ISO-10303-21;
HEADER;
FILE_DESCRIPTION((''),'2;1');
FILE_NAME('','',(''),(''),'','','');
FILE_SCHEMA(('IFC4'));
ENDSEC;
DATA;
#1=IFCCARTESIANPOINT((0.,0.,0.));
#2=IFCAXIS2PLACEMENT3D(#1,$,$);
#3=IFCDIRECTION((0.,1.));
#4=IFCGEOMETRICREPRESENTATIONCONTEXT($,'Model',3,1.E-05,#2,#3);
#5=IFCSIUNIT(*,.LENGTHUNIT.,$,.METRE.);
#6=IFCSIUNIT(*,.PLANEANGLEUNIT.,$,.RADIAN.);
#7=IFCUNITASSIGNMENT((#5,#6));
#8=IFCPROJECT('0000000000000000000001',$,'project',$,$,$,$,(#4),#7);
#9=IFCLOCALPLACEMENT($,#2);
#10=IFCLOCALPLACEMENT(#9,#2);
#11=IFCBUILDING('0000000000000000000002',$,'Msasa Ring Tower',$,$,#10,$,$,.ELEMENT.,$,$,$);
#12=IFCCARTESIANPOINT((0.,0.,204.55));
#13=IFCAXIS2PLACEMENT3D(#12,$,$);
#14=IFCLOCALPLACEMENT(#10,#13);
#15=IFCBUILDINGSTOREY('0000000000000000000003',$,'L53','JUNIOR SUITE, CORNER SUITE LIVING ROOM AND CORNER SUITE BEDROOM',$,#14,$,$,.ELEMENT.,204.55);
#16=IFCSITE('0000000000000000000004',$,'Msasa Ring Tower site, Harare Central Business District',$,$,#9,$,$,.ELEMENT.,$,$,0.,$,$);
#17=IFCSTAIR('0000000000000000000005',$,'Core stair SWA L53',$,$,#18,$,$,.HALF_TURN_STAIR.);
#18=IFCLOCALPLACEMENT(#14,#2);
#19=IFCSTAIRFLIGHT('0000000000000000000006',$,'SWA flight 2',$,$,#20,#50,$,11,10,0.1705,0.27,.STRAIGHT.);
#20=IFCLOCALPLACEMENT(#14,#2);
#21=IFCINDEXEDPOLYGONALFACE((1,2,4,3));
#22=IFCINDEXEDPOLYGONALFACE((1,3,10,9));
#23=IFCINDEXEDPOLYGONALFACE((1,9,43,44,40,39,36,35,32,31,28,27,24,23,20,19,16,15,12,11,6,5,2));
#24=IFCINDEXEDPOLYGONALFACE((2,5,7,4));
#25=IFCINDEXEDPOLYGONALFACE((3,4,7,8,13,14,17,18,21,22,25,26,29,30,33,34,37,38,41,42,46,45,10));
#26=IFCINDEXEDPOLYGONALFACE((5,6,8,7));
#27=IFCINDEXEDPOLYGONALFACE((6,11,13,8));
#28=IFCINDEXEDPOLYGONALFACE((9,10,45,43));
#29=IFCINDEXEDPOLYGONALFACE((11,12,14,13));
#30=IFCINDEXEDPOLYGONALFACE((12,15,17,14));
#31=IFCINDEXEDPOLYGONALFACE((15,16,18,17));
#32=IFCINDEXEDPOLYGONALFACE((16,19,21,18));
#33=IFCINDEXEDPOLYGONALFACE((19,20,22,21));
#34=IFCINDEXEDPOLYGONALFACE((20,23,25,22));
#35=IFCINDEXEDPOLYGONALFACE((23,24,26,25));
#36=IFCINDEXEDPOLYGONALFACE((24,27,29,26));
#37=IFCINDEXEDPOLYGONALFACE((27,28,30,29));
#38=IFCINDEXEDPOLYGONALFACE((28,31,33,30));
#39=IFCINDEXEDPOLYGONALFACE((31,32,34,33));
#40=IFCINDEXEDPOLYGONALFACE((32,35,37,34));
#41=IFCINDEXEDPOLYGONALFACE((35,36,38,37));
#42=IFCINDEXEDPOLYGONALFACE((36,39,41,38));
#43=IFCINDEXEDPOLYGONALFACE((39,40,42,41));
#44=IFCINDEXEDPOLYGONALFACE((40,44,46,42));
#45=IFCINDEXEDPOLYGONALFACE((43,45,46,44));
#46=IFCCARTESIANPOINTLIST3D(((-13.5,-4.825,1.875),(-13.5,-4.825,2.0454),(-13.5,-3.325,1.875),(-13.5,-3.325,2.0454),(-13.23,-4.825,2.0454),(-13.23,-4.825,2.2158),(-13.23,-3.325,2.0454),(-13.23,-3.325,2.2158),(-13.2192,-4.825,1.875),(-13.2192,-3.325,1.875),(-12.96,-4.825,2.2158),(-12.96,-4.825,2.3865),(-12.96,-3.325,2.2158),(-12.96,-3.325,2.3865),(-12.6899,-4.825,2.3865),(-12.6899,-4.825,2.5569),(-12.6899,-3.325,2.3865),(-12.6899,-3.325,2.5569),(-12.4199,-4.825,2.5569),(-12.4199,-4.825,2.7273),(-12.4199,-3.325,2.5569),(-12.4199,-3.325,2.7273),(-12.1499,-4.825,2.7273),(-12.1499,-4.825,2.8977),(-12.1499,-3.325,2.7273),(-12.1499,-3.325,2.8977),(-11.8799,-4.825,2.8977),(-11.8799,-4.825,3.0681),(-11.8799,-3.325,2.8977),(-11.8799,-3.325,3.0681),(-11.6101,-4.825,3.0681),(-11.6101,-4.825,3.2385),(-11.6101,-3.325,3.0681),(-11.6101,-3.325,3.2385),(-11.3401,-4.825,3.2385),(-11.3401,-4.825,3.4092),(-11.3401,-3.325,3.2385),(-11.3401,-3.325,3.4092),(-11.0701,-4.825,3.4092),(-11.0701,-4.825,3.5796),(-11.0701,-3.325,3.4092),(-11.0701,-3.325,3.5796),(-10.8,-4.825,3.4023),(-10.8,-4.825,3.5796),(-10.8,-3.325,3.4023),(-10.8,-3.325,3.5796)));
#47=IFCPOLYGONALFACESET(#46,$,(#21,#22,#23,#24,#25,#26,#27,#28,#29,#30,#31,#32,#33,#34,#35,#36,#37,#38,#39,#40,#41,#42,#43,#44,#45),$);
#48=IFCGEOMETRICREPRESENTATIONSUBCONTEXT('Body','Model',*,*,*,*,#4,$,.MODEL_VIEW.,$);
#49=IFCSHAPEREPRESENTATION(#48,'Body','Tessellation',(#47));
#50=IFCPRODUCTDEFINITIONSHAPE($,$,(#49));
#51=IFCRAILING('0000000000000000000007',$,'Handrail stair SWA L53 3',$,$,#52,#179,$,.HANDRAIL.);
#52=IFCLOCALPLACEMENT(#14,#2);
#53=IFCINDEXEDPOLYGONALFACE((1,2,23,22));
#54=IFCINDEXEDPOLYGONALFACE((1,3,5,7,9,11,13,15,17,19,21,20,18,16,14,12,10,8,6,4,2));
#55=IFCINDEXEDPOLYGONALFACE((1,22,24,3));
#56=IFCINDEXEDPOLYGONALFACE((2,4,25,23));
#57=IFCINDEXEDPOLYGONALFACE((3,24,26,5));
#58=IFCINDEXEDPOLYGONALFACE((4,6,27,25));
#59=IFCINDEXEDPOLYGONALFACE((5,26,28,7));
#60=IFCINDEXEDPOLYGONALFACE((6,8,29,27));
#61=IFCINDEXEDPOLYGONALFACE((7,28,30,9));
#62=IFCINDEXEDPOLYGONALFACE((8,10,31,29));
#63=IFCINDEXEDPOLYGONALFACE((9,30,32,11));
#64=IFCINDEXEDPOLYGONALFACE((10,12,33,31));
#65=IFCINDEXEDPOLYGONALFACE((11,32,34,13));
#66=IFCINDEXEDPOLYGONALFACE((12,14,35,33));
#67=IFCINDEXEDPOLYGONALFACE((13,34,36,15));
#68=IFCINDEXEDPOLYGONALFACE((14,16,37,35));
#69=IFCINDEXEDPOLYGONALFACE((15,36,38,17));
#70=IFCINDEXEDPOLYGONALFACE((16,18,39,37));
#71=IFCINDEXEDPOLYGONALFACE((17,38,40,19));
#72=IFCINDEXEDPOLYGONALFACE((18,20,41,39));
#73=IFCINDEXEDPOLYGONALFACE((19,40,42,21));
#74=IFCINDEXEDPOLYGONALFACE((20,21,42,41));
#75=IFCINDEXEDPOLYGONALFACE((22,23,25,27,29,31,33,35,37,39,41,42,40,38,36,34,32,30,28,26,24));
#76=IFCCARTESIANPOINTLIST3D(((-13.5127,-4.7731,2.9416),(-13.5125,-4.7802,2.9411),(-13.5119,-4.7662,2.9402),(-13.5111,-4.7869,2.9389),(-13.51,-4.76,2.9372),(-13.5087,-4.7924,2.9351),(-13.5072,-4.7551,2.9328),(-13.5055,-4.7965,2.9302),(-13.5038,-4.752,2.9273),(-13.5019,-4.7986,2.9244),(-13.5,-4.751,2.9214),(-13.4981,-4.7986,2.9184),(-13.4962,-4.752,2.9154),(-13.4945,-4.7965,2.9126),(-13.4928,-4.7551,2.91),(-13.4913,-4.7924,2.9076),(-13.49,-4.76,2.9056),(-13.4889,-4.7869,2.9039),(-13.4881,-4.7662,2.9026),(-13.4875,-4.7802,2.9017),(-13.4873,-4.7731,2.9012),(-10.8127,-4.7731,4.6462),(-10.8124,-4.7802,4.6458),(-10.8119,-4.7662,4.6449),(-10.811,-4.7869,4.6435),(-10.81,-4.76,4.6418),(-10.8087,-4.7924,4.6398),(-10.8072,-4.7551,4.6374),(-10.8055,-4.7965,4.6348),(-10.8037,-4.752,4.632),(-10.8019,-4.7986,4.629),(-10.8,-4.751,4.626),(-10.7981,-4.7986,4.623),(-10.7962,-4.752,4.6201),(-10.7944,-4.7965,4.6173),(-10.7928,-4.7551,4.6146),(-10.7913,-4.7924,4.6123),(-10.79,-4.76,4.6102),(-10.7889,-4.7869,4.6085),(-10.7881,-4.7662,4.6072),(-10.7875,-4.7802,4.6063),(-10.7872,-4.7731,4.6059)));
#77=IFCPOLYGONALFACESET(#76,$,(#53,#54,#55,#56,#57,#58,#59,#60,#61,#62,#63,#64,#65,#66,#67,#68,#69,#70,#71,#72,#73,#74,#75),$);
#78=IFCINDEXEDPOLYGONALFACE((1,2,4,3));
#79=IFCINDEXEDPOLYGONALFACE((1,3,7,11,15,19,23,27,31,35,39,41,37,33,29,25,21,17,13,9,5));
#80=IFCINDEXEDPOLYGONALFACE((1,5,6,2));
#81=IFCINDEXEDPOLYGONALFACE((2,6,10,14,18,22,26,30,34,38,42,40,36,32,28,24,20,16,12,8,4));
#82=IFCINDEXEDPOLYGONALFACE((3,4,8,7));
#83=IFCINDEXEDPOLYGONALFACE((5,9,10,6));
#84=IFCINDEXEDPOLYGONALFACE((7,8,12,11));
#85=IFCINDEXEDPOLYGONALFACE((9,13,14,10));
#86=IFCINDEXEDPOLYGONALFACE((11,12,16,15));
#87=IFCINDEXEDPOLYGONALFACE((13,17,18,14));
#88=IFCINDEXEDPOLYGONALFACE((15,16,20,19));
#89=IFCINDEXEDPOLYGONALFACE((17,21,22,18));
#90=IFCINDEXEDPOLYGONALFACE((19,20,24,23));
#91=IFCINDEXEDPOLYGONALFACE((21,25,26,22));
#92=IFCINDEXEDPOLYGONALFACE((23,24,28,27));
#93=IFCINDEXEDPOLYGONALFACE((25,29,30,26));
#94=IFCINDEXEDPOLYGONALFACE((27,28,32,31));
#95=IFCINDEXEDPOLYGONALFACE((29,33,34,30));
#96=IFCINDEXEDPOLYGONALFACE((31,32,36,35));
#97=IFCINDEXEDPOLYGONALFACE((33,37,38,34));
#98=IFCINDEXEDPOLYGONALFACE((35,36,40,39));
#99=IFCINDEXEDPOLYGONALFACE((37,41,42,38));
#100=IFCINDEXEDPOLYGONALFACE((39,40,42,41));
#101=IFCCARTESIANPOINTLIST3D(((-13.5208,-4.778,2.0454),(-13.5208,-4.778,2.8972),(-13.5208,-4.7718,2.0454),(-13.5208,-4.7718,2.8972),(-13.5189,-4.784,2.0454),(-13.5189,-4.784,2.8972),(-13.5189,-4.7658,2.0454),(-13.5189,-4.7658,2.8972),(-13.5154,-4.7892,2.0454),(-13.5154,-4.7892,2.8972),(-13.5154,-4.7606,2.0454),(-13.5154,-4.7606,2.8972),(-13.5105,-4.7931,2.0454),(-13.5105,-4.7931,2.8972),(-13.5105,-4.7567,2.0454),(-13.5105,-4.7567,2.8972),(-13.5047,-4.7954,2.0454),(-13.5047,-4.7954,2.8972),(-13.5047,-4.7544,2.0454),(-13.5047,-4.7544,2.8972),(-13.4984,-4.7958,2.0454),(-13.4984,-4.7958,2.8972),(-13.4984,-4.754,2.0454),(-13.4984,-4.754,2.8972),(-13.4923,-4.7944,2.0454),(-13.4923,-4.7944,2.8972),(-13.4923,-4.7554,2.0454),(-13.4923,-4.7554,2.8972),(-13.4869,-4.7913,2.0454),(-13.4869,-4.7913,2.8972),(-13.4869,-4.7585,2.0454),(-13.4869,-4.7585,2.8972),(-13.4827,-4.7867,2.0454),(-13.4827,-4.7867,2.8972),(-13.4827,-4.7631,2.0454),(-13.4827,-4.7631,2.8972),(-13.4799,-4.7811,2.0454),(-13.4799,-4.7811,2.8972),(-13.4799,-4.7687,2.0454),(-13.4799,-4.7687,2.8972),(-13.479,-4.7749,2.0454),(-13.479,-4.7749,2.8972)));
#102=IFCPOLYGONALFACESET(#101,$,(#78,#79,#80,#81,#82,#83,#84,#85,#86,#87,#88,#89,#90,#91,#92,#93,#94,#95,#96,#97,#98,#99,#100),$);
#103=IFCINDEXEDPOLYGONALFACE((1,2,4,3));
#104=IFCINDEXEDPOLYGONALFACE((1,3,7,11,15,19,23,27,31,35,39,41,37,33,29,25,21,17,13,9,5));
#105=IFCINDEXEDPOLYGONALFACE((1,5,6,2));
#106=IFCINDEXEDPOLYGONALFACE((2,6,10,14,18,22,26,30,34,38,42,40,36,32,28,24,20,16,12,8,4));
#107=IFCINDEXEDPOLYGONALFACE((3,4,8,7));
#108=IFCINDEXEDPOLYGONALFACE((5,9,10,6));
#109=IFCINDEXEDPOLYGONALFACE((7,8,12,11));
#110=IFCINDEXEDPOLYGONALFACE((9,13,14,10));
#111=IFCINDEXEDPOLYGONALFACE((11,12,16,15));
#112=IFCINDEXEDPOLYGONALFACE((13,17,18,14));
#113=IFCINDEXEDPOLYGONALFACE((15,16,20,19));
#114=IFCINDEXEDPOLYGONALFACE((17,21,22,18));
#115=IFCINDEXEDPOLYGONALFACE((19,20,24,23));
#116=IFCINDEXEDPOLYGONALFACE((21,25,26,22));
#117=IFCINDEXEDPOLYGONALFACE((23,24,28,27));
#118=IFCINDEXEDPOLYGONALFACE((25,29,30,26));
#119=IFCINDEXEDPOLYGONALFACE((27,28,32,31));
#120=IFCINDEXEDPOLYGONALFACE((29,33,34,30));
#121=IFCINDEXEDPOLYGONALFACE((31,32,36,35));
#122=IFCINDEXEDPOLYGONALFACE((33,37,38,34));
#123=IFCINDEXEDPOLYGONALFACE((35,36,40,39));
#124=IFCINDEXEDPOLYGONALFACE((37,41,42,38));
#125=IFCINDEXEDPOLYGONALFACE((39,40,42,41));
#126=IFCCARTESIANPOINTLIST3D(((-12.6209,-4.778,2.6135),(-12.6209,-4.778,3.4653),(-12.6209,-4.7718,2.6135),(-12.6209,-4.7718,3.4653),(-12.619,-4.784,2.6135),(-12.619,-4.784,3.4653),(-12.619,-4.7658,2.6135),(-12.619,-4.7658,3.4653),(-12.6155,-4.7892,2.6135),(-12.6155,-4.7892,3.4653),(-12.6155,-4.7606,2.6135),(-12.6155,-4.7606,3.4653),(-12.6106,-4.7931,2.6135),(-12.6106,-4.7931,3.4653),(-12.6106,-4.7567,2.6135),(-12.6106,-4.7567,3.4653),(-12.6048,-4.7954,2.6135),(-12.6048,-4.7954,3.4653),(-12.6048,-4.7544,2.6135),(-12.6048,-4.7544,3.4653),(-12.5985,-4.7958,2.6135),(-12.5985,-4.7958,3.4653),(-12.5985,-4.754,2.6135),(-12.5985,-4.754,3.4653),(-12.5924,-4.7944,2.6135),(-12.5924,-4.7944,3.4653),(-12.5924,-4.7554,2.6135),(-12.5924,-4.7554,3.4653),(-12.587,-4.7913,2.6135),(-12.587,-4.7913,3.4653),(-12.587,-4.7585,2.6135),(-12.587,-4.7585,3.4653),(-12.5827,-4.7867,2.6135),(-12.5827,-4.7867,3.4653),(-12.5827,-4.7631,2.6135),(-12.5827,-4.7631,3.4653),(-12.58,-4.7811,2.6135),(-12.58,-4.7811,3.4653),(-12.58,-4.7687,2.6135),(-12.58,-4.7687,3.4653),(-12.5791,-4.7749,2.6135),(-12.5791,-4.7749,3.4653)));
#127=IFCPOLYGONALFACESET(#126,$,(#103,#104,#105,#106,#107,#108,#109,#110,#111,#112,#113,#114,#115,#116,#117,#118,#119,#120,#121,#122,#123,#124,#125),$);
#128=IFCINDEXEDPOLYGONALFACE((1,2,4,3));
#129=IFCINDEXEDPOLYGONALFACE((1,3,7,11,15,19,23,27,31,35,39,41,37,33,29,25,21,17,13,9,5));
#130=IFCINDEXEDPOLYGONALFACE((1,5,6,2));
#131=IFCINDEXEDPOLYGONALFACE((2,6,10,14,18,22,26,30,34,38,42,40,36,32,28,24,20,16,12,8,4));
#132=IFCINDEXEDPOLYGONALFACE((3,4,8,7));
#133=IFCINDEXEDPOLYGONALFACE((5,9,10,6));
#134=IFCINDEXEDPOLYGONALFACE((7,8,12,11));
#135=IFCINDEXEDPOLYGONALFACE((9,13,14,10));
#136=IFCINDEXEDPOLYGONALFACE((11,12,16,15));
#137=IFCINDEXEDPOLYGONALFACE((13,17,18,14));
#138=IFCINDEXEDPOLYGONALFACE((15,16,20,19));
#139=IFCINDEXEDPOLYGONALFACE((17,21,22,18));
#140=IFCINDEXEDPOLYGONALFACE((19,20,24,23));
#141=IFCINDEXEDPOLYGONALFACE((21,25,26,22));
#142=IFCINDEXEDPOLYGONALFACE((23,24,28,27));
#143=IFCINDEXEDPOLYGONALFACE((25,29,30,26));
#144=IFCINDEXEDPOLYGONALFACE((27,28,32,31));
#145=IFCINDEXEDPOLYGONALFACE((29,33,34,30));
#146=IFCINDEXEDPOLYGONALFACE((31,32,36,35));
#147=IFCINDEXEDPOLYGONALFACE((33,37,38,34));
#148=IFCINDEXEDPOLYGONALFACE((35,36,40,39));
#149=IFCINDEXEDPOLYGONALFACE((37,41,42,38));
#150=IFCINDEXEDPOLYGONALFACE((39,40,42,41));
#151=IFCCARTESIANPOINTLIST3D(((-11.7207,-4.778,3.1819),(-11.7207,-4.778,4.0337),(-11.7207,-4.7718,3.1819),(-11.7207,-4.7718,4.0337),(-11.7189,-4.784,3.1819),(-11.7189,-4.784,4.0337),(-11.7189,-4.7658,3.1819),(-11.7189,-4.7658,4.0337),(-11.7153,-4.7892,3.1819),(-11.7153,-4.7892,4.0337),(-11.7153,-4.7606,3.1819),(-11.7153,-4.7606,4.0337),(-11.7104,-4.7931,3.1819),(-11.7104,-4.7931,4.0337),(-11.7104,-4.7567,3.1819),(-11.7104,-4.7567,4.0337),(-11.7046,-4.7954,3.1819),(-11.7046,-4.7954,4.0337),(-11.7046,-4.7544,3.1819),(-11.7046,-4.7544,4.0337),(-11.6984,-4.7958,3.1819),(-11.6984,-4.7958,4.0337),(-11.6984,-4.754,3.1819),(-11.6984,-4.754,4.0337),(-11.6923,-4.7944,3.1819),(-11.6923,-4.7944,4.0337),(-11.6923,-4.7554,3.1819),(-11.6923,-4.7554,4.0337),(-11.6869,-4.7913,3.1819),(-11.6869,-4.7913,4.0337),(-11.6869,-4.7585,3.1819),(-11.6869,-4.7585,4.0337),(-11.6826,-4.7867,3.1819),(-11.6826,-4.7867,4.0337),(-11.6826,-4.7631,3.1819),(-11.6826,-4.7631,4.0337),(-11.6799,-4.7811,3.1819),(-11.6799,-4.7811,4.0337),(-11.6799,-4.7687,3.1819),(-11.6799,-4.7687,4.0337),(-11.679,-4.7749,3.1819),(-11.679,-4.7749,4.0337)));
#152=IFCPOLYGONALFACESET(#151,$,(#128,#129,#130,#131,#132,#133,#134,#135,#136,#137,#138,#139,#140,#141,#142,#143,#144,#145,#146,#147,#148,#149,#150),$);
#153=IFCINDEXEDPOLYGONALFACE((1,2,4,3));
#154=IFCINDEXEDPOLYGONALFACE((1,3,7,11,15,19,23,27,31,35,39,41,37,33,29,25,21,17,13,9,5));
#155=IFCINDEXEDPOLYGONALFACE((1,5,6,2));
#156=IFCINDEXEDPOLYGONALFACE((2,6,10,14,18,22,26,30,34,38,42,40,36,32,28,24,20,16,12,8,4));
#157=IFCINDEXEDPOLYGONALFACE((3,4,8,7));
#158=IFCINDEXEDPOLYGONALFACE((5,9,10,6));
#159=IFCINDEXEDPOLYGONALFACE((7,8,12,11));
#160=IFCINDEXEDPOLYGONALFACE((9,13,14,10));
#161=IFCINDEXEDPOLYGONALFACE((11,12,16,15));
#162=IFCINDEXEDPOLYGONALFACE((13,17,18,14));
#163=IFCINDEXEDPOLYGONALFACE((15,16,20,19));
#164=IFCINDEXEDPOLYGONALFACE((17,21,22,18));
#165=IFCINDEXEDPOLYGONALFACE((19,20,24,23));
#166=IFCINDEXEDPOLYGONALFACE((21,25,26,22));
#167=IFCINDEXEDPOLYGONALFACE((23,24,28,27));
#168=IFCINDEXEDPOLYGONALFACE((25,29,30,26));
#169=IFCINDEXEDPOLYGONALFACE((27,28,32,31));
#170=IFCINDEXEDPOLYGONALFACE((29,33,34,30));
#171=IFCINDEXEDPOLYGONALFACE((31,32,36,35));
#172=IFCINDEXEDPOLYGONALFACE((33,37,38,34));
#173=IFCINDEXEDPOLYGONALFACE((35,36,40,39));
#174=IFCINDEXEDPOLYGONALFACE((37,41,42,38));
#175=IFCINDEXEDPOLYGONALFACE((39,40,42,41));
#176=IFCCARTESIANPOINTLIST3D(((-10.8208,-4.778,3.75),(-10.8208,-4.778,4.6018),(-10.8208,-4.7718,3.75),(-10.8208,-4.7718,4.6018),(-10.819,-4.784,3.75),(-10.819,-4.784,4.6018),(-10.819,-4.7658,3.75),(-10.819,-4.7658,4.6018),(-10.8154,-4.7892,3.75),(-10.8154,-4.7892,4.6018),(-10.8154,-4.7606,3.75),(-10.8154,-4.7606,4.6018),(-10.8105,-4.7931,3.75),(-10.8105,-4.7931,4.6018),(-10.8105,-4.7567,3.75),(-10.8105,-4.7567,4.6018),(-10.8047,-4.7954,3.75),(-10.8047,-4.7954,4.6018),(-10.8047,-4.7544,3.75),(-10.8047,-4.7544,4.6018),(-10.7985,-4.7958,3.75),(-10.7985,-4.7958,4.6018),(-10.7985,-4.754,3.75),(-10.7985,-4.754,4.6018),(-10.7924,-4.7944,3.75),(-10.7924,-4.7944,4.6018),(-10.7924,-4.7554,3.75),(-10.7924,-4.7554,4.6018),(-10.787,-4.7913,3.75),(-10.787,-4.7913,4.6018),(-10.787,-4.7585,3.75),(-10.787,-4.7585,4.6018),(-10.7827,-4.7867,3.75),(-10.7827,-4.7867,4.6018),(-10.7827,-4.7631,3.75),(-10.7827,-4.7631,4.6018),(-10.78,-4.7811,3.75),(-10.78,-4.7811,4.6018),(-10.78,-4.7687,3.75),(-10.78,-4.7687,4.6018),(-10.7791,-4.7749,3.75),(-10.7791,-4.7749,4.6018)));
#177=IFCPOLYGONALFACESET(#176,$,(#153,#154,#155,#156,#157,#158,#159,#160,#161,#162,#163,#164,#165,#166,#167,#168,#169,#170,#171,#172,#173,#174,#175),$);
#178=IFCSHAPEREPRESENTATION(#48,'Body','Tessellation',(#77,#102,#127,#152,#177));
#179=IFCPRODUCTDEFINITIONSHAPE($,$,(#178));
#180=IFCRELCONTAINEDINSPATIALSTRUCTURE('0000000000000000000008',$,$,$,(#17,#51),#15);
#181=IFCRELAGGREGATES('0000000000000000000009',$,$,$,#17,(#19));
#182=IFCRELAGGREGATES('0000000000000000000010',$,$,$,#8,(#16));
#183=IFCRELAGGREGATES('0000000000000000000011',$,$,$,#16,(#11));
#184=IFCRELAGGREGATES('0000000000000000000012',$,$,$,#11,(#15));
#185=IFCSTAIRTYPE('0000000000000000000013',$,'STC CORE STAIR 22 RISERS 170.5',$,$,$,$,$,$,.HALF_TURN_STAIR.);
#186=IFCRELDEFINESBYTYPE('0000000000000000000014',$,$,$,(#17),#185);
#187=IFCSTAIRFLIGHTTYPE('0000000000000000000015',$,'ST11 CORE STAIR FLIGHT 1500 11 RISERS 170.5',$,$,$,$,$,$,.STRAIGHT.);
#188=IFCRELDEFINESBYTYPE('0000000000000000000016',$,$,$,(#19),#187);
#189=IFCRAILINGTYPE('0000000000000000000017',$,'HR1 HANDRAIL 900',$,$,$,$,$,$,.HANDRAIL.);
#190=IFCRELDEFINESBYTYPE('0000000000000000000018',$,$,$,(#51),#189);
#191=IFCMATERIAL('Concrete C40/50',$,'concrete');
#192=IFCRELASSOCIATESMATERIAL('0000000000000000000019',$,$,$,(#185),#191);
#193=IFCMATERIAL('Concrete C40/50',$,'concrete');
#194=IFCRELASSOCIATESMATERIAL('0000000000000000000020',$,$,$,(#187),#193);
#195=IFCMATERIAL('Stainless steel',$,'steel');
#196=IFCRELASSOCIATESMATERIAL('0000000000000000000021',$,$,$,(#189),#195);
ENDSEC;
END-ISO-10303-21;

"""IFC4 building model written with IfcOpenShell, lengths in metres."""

from ifc_helpers import new_model, si_unit, direction, frame, origin, origin_2d, place, context, subcontext, project, spatial, polyline, circle, outline, extrude, material, type_object, element, aggregate, save


model = new_model("IFC4")

# Units and contexts
model_context = context("Model", 3, precision=1e-05, world=origin(), true_north=direction((0.0, 1.0)))
body_context = subcontext(model_context, "Body", "Model", "MODEL_VIEW")
ifc_project = project(units=[si_unit("LENGTHUNIT", "METRE"), si_unit("PLANEANGLEUNIT", "RADIAN")], contexts=[model_context])

# Site, building, storey
site_placement = place(None, origin())
site = spatial("IfcSite", under=ifc_project, at=site_placement, Name="Msasa Ring Tower site, Harare Central Business District", CompositionType="ELEMENT", RefElevation=0.0)
building_placement = place(site_placement, origin())
building = spatial("IfcBuilding", under=site, at=building_placement, Name="Msasa Ring Tower", CompositionType="ELEMENT")
storey_placement = place(building_placement, frame((0.0, 0.0, 204.55)))
storey = spatial("IfcBuildingStorey", under=building, at=storey_placement, Name="L53", Description="JUNIOR SUITE, CORNER SUITE LIVING ROOM AND CORNER SUITE BEDROOM", CompositionType="ELEMENT", Elevation=204.55)

# Stair, stair flight
ifc_material_1 = material(Name="Concrete C40/50", Category="concrete")
stair_type = type_object("IfcStairType", Name="STC CORE STAIR 22 RISERS 170.5", PredefinedType="HALF_TURN_STAIR", material=ifc_material_1)
stair_placement = place(storey_placement, origin())
stair = element("IfcStair", 1, at=stair_placement, inside=storey, type_object=stair_type, Name="Core stair SWA L53", PredefinedType="HALF_TURN_STAIR")
ifc_material_2 = material(Name="Concrete C40/50", Category="concrete")
stair_flight_type = type_object("IfcStairFlightType", Name="ST11 CORE STAIR FLIGHT 1500 11 RISERS 170.5", PredefinedType="STRAIGHT", material=ifc_material_2)
stair_flight_placement = place(storey_placement, frame((-13.5, -4.075, 1.875), z_axis=(0.0, 0.0, 1.0), x_axis=(1.0, 0.0, 0.0)))
stair_flight = element("IfcStairFlight", 2, at=stair_flight_placement, type_object=stair_flight_type, Name="SWA flight 2", NumberOfRisers=11, NumberOfTreads=10, PredefinedType="STRAIGHT", RiserHeight=0.1705, TreadLength=0.27, context=body_context, shape_type="SweptSolid", body=[
    extrude(outline(polyline([(0.0, 0.0), (0.0, 0.1704), (0.27, 0.1704), (0.27, 0.3408), (0.54, 0.3408), (0.54, 0.5115), (0.8101, 0.5115), (0.8101, 0.6819), (1.0801, 0.6819), (1.0801, 0.8523), (1.3501, 0.8523), (1.3501, 1.0227), (1.6201, 1.0227), (1.6201, 1.1931), (1.8899, 1.1931), (1.8899, 1.3635), (2.1599, 1.3635), (2.1599, 1.5342), (2.4299, 1.5342), (2.4299, 1.7046), (2.7, 1.7046), (2.7, 1.875), (2.7, 1.5273), (0.2808, 0.0), (0.0, 0.0)])), frame((0.0, 0.75, 0.0), z_axis=(0.0, -1.0, 0.0), x_axis=(1.0, 0.0, 0.0)), (0.0, 0.0, 1.0), 1.5),
])
aggregate(stair, [stair_flight])

# Railing
ifc_material_3 = material(Name="Stainless steel", Category="steel")
railing_type = type_object("IfcRailingType", Name="HR1 HANDRAIL 900", PredefinedType="HANDRAIL", material=ifc_material_3)
for number, where, name in (
    (3, (-13.5, -4.7749, 2.0454), "Handrail stair SWA L53 3"),
):
    element("IfcRailing", number, at=place(storey_placement, frame(where)), inside=storey, type_object=railing_type, Name=name, PredefinedType="HANDRAIL", context=body_context, shape_type="SweptSolid", body=[
        extrude(circle(Radius=0.0239, at=origin_2d()), frame((0.0, 0.0, 0.876), z_axis=(0.84558, 0.0, 0.533849), x_axis=(0.0, 1.0, 0.0)), (0.0, 0.0, 1.0), 3.1931),
        extrude(circle(Radius=0.021, at=origin_2d()), origin(), (0.0, 0.0, 1.0), 0.8518),
        extrude(circle(Radius=0.021, at=origin_2d()), frame((0.8999, 0.0, 0.5681)), (0.0, 0.0, 1.0), 0.8518),
        extrude(circle(Radius=0.021, at=origin_2d()), frame((1.8, 0.0, 1.1365)), (0.0, 0.0, 1.0), 0.8518),
        extrude(circle(Radius=0.021, at=origin_2d()), frame((2.7, 0.0, 1.7046)), (0.0, 0.0, 1.0), 0.8518),
    ])

save(model, "model.ifc")
